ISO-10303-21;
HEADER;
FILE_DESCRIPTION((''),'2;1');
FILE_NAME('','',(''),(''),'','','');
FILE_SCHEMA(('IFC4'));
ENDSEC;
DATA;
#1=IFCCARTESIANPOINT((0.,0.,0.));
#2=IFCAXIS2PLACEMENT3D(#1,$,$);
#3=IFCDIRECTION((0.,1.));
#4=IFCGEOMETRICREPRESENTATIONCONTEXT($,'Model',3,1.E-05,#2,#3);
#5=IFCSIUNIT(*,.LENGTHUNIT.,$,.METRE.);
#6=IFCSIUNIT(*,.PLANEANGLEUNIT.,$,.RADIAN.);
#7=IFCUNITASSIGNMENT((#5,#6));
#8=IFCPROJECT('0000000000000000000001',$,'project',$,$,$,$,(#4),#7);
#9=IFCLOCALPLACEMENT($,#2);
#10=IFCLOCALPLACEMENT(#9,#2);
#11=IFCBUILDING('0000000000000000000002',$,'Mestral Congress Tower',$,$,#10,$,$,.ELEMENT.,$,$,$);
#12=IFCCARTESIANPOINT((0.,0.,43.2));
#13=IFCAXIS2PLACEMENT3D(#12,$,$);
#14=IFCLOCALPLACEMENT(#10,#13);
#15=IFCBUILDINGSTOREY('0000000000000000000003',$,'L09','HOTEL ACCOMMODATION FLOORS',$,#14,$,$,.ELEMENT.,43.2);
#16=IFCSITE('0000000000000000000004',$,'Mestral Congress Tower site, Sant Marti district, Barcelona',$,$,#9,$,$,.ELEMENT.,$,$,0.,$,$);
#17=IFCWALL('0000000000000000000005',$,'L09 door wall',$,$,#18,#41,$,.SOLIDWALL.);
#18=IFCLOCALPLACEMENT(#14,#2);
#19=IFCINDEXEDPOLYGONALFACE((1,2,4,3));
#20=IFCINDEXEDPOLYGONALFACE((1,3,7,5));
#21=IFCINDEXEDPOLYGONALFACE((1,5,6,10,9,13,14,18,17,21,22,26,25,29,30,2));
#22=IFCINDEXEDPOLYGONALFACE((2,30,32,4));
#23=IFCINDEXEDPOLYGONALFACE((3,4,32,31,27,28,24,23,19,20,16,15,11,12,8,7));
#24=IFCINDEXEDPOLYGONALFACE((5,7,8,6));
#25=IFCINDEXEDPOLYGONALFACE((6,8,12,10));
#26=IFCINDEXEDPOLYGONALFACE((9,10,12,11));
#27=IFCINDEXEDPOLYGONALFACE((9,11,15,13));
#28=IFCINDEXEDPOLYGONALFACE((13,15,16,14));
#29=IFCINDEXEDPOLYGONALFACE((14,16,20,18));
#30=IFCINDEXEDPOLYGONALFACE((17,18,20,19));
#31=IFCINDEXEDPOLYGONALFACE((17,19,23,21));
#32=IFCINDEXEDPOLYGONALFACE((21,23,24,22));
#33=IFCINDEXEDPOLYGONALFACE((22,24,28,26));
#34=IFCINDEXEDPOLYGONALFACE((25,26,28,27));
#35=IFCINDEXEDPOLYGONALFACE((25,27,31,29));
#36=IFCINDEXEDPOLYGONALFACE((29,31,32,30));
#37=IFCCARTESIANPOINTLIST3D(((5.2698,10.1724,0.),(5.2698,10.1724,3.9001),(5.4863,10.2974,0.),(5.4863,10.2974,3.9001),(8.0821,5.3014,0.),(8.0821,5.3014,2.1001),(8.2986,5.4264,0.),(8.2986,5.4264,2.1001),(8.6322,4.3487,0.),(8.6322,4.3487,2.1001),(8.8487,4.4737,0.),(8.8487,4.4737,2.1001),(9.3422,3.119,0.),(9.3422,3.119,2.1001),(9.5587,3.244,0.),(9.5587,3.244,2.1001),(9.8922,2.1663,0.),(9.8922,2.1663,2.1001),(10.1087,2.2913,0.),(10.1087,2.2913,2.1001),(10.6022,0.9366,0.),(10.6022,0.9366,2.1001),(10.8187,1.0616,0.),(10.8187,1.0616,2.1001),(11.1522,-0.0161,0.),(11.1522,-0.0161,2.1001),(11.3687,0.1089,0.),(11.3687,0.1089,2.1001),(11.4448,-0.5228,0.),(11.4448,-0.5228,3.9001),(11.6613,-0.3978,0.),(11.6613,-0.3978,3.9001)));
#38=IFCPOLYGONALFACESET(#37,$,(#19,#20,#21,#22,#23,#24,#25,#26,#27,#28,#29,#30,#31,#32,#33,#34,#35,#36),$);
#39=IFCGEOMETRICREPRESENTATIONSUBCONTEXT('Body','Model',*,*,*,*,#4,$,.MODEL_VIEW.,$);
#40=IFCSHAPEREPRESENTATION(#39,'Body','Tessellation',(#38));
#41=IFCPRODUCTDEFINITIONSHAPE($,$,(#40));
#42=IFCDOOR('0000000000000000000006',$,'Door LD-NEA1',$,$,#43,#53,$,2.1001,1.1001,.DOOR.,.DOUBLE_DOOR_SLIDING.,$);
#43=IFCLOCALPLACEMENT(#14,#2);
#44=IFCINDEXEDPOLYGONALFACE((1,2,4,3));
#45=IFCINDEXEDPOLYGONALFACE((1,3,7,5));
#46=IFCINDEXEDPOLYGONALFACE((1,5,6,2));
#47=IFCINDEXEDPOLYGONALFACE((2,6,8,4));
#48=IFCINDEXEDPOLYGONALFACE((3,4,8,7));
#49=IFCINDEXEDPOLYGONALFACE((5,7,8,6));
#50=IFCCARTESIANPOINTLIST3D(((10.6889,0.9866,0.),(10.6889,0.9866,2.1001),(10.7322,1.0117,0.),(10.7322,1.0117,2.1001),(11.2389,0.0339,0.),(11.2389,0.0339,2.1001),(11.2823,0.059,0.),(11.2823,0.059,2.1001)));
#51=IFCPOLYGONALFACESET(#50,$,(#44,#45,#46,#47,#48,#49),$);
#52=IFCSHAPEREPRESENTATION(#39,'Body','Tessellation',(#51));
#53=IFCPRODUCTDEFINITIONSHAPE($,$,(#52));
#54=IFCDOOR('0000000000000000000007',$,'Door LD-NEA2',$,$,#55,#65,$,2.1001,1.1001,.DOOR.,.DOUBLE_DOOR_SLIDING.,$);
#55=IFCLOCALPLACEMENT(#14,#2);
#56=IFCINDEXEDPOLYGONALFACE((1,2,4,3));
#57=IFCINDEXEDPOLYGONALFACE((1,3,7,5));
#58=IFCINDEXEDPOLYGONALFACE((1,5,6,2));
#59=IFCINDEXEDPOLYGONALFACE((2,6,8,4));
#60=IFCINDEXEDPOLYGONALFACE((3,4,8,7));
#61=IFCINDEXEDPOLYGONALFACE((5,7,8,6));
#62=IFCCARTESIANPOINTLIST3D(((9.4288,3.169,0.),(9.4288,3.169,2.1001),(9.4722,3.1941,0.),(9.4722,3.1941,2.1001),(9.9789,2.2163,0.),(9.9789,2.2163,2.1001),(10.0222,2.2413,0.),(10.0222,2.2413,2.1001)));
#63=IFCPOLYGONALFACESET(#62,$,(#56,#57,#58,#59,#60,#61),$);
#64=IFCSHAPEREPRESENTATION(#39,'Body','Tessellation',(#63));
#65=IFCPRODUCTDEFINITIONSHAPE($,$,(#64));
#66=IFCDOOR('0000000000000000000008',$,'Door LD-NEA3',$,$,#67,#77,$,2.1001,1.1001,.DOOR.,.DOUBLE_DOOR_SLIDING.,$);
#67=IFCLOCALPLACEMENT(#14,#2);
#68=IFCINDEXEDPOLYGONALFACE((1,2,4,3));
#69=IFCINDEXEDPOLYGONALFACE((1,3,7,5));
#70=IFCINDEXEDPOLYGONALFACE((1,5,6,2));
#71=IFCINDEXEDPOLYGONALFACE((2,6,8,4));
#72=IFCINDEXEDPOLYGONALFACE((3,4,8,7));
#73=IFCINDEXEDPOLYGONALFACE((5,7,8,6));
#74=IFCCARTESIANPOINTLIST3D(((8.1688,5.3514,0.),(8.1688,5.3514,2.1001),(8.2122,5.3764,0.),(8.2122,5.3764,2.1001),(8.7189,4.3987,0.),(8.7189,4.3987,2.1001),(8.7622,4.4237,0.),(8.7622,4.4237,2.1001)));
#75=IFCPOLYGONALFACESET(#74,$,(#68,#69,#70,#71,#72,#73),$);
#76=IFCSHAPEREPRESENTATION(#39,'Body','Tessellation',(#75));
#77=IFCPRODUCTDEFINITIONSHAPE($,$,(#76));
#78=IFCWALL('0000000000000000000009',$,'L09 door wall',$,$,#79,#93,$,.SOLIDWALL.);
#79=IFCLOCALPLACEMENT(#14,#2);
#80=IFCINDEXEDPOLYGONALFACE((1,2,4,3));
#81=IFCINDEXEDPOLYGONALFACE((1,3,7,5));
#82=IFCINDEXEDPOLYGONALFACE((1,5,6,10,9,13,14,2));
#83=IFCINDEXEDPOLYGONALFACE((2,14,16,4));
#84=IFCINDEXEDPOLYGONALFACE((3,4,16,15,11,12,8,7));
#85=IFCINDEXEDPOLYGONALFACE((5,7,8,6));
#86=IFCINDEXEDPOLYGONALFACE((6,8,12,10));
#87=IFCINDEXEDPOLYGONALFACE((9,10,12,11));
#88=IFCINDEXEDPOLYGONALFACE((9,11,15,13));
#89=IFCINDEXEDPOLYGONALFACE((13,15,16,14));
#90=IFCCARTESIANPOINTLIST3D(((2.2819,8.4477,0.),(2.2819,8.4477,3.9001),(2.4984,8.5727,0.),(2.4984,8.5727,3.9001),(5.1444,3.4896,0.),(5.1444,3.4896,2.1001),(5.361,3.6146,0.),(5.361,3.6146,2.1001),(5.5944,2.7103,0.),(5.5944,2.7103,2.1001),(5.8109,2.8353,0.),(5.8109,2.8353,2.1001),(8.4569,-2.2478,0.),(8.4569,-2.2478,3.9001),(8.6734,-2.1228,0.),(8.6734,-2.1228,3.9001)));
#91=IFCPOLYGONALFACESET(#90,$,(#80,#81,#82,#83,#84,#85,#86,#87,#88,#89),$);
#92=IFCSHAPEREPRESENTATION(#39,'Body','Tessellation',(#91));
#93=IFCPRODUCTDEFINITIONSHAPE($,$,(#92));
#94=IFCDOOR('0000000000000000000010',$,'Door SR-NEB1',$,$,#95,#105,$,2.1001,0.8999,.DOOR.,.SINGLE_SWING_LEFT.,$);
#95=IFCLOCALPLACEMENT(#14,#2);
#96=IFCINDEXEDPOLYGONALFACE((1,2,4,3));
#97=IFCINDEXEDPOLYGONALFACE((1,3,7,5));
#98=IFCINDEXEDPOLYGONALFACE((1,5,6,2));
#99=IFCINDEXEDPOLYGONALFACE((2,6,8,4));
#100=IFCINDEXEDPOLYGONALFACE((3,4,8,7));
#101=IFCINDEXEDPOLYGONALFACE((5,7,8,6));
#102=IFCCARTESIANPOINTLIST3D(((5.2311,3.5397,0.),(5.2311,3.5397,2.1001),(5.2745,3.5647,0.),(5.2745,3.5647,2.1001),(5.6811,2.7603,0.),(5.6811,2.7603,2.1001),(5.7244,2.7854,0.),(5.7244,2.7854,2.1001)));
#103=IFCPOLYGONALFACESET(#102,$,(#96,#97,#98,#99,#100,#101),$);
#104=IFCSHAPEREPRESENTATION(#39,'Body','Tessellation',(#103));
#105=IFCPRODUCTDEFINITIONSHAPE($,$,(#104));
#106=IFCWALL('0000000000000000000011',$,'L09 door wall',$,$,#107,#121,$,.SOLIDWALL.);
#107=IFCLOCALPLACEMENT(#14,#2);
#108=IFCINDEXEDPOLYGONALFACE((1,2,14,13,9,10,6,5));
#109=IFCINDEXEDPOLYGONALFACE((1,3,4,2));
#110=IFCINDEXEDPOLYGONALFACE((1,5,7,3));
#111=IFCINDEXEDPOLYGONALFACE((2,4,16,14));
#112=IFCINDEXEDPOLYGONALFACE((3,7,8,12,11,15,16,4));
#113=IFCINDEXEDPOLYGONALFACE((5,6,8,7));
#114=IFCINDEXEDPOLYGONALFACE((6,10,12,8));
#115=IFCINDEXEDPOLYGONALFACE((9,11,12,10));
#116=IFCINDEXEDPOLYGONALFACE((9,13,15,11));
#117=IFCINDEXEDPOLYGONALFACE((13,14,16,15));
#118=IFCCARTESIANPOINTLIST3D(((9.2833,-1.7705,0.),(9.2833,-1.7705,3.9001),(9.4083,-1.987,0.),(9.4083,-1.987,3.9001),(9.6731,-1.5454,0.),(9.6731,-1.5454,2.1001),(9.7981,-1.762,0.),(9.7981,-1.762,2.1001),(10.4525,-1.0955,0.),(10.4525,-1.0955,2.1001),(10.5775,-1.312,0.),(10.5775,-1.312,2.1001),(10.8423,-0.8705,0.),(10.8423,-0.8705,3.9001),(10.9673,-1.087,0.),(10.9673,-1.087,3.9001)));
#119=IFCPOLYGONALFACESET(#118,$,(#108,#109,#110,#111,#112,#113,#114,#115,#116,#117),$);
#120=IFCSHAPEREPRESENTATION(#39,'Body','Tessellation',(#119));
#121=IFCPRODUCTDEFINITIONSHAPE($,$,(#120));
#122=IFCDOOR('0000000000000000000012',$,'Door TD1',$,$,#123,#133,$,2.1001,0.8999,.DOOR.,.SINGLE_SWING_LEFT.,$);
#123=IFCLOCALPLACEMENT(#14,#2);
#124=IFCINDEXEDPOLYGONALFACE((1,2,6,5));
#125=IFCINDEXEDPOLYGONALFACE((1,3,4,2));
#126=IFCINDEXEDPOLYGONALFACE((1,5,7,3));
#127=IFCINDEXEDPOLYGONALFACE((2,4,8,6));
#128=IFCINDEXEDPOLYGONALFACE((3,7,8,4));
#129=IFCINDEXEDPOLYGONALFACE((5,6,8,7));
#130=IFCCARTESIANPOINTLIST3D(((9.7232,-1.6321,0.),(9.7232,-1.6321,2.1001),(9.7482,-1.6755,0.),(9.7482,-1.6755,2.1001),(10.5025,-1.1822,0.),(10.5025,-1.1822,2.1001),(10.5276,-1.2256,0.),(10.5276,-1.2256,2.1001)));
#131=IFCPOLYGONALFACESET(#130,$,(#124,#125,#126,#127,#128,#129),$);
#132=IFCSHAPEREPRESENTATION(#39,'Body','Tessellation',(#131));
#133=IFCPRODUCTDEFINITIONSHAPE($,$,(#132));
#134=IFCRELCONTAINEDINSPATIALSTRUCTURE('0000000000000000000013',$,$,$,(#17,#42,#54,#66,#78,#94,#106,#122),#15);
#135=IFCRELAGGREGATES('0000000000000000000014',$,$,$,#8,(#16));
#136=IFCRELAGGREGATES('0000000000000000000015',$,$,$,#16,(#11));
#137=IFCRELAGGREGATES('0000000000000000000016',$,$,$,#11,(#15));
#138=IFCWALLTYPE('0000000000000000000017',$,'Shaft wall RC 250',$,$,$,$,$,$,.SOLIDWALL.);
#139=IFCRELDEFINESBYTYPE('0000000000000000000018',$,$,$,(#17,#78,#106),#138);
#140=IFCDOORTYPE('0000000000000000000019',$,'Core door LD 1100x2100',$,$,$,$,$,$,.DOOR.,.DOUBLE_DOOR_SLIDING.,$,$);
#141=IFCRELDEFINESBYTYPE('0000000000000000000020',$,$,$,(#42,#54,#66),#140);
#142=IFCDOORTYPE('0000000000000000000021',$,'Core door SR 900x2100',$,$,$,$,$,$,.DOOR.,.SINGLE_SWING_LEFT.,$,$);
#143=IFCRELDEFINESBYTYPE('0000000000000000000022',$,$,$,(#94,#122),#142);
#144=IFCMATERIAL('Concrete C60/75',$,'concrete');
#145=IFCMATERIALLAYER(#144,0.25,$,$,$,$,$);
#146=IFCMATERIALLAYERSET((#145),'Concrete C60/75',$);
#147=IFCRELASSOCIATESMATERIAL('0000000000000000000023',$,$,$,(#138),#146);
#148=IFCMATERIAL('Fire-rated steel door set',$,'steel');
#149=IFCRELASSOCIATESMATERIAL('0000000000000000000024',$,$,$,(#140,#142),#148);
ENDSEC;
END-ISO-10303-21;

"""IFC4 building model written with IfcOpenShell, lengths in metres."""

from ifc_helpers import new_model, si_unit, direction, frame, frame_2d, origin, place, context, subcontext, project, spatial, rectangle, extrude, material, layer, layer_set, type_object, element, fill, save


model = new_model("IFC4")

# Units and contexts
model_context = context("Model", 3, precision=1e-05, world=origin(), true_north=direction((0.0, 1.0)))
body_context = subcontext(model_context, "Body", "Model", "MODEL_VIEW")
ifc_project = project(units=[si_unit("LENGTHUNIT", "METRE"), si_unit("PLANEANGLEUNIT", "RADIAN")], contexts=[model_context])

# Site, building, storey
site_placement = place(None, origin())
site = spatial("IfcSite", under=ifc_project, at=site_placement, Name="Mestral Congress Tower site, Sant Marti district, Barcelona", CompositionType="ELEMENT", RefElevation=0.0)
building_placement = place(site_placement, origin())
building = spatial("IfcBuilding", under=site, at=building_placement, Name="Mestral Congress Tower", CompositionType="ELEMENT")
storey_placement = place(building_placement, frame((0.0, 0.0, 43.2)))
storey = spatial("IfcBuildingStorey", under=building, at=storey_placement, Name="L09", Description="HOTEL ACCOMMODATION FLOORS", CompositionType="ELEMENT", Elevation=43.2)

# Shared definitions
ifc_material_1 = material(Name="Concrete C60/75", Category="concrete")
ifc_layer_1 = layer(ifc_material_1, 0.25)
ifc_layer_set_1 = layer_set([ifc_layer_1], Name="Concrete C60/75")
wall_type_1 = type_object("IfcWallType", Name="Shaft wall RC 250", PredefinedType="SOLIDWALL", material=ifc_layer_set_1)

# Wall, openings, doors
wall_1_placement = place(storey_placement, frame((11.553, -0.4602, 0.0), z_axis=(0.0, 0.0, 1.0), x_axis=(-0.500007, 0.866022, 0.0)))
wall_1 = element("IfcWall", 1, at=wall_1_placement, inside=storey, type_object=wall_type_1, Name="L09 door wall", PredefinedType="SOLIDWALL", context=body_context, shape_type="SweptSolid", body=[
    extrude(rectangle(XDim=12.3499, YDim=0.25, at=frame_2d((6.1748, 0.0))), origin(), (0.0, 0.0, 1.0), 3.9001),
])
opening_1_placement = place(wall_1_placement, frame((0.585, 0.0, 0.0)))
opening_1 = element("IfcOpeningElement", 2, at=opening_1_placement, cuts=wall_1, PredefinedType="OPENING", context=body_context, shape_type="SweptSolid", body=[
    extrude(rectangle(XDim=1.1001, YDim=2.1001, at=frame_2d((0.55, 1.05))), frame((0.0, 0.135, 0.0), z_axis=(0.0, -1.0, 0.0), x_axis=(1.0, 0.0, 0.0)), (0.0, 0.0, 1.0), 0.27),
])
opening_2_placement = place(wall_1_placement, frame((3.105, 0.0, 0.0)))
opening_2 = element("IfcOpeningElement", 3, at=opening_2_placement, cuts=wall_1, PredefinedType="OPENING", context=body_context, shape_type="SweptSolid", body=[
    extrude(rectangle(XDim=1.1001, YDim=2.1001, at=frame_2d((0.55, 1.05))), frame((0.0, 0.135, 0.0), z_axis=(0.0, -1.0, 0.0), x_axis=(1.0, 0.0, 0.0)), (0.0, 0.0, 1.0), 0.27),
])
opening_3_placement = place(wall_1_placement, frame((5.625, 0.0, 0.0)))
opening_3 = element("IfcOpeningElement", 4, at=opening_3_placement, cuts=wall_1, PredefinedType="OPENING", context=body_context, shape_type="SweptSolid", body=[
    extrude(rectangle(XDim=1.1001, YDim=2.1001, at=frame_2d((0.55, 1.05))), frame((0.0, 0.135, 0.0), z_axis=(0.0, -1.0, 0.0), x_axis=(1.0, 0.0, 0.0)), (0.0, 0.0, 1.0), 0.27),
])
ifc_material_2 = material(Name="Fire-rated steel door set", Category="steel")
door_type_1 = type_object("IfcDoorType", Name="Core door LD 1100x2100", OperationType="DOUBLE_DOOR_SLIDING", PredefinedType="DOOR", material=ifc_material_2)
door_1_placement = place(opening_1_placement, origin())
door_1 = element("IfcDoor", 5, at=door_1_placement, inside=storey, type_object=door_type_1, Name="Door LD-NEA1", OperationType="DOUBLE_DOOR_SLIDING", OverallHeight=2.1001, OverallWidth=1.1001, PredefinedType="DOOR", context=body_context, shape_type="SweptSolid", body=[
    extrude(rectangle(XDim=1.1001, YDim=2.1001, at=frame_2d((0.55, 1.05))), frame((0.0, 0.0249, 0.0), z_axis=(0.0, -1.0, 0.0), x_axis=(1.0, 0.0, 0.0)), (0.0, 0.0, 1.0), 0.05),
])
fill(opening_1, door_1)
door_2_placement = place(opening_2_placement, origin())
door_2 = element("IfcDoor", 6, at=door_2_placement, inside=storey, type_object=door_type_1, Name="Door LD-NEA2", OperationType="DOUBLE_DOOR_SLIDING", OverallHeight=2.1001, OverallWidth=1.1001, PredefinedType="DOOR", context=body_context, shape_type="SweptSolid", body=[
    extrude(rectangle(XDim=1.1001, YDim=2.1001, at=frame_2d((0.55, 1.05))), frame((0.0, 0.0249, 0.0), z_axis=(0.0, -1.0, 0.0), x_axis=(1.0, 0.0, 0.0)), (0.0, 0.0, 1.0), 0.05),
])
fill(opening_2, door_2)
door_3_placement = place(opening_3_placement, origin())
door_3 = element("IfcDoor", 7, at=door_3_placement, inside=storey, type_object=door_type_1, Name="Door LD-NEA3", OperationType="DOUBLE_DOOR_SLIDING", OverallHeight=2.1001, OverallWidth=1.1001, PredefinedType="DOOR", context=body_context, shape_type="SweptSolid", body=[
    extrude(rectangle(XDim=1.1001, YDim=2.1001, at=frame_2d((0.55, 1.05))), frame((0.0, 0.0249, 0.0), z_axis=(0.0, -1.0, 0.0), x_axis=(1.0, 0.0, 0.0)), (0.0, 0.0, 1.0), 0.05),
])
fill(opening_3, door_3)

# Walls, openings, doors
wall_2_placement = place(storey_placement, frame((8.5652, -2.1853, 0.0), z_axis=(0.0, 0.0, 1.0), x_axis=(-0.499998, 0.866027, 0.0)))
wall_2 = element("IfcWall", 8, at=wall_2_placement, inside=storey, type_object=wall_type_1, Name="L09 door wall", PredefinedType="SOLIDWALL", context=body_context, shape_type="SweptSolid", body=[
    extrude(rectangle(XDim=12.3501, YDim=0.25, at=frame_2d((6.175, 0.0))), origin(), (0.0, 0.0, 1.0), 3.9001),
])
opening_4_placement = place(wall_2_placement, frame((5.7251, 0.0, 0.0)))
opening_4 = element("IfcOpeningElement", 9, at=opening_4_placement, cuts=wall_2, PredefinedType="OPENING", context=body_context, shape_type="SweptSolid", body=[
    extrude(rectangle(XDim=0.8999, YDim=2.1001, at=frame_2d((0.45, 1.05))), frame((0.0, 0.135, 0.0), z_axis=(0.0, -1.0, 0.0), x_axis=(1.0, 0.0, 0.0)), (0.0, 0.0, 1.0), 0.27),
])
door_type_2 = type_object("IfcDoorType", Name="Core door SR 900x2100", OperationType="SINGLE_SWING_LEFT", PredefinedType="DOOR", material=ifc_material_2)
door_4_placement = place(opening_4_placement, origin())
door_4 = element("IfcDoor", 10, at=door_4_placement, inside=storey, type_object=door_type_2, Name="Door SR-NEB1", OperationType="SINGLE_SWING_LEFT", OverallHeight=2.1001, OverallWidth=0.8999, PredefinedType="DOOR", context=body_context, shape_type="SweptSolid", body=[
    extrude(rectangle(XDim=0.8999, YDim=2.1001, at=frame_2d((0.45, 1.05))), frame((0.0, 0.0249, 0.0), z_axis=(0.0, -1.0, 0.0), x_axis=(1.0, 0.0, 0.0)), (0.0, 0.0, 1.0), 0.05),
])
fill(opening_4, door_4)
wall_3_placement = place(storey_placement, frame((9.3459, -1.8787, 0.0), z_axis=(0.0, 0.0, 1.0), x_axis=(0.866048, 0.499961, 0.0)))
wall_3 = element("IfcWall", 11, at=wall_3_placement, inside=storey, type_object=wall_type_1, Name="L09 door wall", PredefinedType="SOLIDWALL", context=body_context, shape_type="SweptSolid", body=[
    extrude(rectangle(XDim=1.8, YDim=0.25, at=frame_2d((0.8999, 0.0))), origin(), (0.0, 0.0, 1.0), 3.9001),
])
opening_5_placement = place(wall_3_placement, frame((0.45, 0.0, 0.0)))
opening_5 = element("IfcOpeningElement", 12, at=opening_5_placement, cuts=wall_3, PredefinedType="OPENING", context=body_context, shape_type="SweptSolid", body=[
    extrude(rectangle(XDim=0.8999, YDim=2.1001, at=frame_2d((0.45, 1.05))), frame((0.0, 0.135, 0.0), z_axis=(0.0, -1.0, 0.0), x_axis=(1.0, 0.0, 0.0)), (0.0, 0.0, 1.0), 0.27),
])
door_5_placement = place(opening_5_placement, origin())
door_5 = element("IfcDoor", 13, at=door_5_placement, inside=storey, type_object=door_type_2, Name="Door TD1", OperationType="SINGLE_SWING_LEFT", OverallHeight=2.1001, OverallWidth=0.8999, PredefinedType="DOOR", context=body_context, shape_type="SweptSolid", body=[
    extrude(rectangle(XDim=0.8999, YDim=2.1001, at=frame_2d((0.45, 1.05))), frame((0.0, 0.0249, 0.0), z_axis=(0.0, -1.0, 0.0), x_axis=(1.0, 0.0, 0.0)), (0.0, 0.0, 1.0), 0.05),
])
fill(opening_5, door_5)

save(model, "model.ifc")
